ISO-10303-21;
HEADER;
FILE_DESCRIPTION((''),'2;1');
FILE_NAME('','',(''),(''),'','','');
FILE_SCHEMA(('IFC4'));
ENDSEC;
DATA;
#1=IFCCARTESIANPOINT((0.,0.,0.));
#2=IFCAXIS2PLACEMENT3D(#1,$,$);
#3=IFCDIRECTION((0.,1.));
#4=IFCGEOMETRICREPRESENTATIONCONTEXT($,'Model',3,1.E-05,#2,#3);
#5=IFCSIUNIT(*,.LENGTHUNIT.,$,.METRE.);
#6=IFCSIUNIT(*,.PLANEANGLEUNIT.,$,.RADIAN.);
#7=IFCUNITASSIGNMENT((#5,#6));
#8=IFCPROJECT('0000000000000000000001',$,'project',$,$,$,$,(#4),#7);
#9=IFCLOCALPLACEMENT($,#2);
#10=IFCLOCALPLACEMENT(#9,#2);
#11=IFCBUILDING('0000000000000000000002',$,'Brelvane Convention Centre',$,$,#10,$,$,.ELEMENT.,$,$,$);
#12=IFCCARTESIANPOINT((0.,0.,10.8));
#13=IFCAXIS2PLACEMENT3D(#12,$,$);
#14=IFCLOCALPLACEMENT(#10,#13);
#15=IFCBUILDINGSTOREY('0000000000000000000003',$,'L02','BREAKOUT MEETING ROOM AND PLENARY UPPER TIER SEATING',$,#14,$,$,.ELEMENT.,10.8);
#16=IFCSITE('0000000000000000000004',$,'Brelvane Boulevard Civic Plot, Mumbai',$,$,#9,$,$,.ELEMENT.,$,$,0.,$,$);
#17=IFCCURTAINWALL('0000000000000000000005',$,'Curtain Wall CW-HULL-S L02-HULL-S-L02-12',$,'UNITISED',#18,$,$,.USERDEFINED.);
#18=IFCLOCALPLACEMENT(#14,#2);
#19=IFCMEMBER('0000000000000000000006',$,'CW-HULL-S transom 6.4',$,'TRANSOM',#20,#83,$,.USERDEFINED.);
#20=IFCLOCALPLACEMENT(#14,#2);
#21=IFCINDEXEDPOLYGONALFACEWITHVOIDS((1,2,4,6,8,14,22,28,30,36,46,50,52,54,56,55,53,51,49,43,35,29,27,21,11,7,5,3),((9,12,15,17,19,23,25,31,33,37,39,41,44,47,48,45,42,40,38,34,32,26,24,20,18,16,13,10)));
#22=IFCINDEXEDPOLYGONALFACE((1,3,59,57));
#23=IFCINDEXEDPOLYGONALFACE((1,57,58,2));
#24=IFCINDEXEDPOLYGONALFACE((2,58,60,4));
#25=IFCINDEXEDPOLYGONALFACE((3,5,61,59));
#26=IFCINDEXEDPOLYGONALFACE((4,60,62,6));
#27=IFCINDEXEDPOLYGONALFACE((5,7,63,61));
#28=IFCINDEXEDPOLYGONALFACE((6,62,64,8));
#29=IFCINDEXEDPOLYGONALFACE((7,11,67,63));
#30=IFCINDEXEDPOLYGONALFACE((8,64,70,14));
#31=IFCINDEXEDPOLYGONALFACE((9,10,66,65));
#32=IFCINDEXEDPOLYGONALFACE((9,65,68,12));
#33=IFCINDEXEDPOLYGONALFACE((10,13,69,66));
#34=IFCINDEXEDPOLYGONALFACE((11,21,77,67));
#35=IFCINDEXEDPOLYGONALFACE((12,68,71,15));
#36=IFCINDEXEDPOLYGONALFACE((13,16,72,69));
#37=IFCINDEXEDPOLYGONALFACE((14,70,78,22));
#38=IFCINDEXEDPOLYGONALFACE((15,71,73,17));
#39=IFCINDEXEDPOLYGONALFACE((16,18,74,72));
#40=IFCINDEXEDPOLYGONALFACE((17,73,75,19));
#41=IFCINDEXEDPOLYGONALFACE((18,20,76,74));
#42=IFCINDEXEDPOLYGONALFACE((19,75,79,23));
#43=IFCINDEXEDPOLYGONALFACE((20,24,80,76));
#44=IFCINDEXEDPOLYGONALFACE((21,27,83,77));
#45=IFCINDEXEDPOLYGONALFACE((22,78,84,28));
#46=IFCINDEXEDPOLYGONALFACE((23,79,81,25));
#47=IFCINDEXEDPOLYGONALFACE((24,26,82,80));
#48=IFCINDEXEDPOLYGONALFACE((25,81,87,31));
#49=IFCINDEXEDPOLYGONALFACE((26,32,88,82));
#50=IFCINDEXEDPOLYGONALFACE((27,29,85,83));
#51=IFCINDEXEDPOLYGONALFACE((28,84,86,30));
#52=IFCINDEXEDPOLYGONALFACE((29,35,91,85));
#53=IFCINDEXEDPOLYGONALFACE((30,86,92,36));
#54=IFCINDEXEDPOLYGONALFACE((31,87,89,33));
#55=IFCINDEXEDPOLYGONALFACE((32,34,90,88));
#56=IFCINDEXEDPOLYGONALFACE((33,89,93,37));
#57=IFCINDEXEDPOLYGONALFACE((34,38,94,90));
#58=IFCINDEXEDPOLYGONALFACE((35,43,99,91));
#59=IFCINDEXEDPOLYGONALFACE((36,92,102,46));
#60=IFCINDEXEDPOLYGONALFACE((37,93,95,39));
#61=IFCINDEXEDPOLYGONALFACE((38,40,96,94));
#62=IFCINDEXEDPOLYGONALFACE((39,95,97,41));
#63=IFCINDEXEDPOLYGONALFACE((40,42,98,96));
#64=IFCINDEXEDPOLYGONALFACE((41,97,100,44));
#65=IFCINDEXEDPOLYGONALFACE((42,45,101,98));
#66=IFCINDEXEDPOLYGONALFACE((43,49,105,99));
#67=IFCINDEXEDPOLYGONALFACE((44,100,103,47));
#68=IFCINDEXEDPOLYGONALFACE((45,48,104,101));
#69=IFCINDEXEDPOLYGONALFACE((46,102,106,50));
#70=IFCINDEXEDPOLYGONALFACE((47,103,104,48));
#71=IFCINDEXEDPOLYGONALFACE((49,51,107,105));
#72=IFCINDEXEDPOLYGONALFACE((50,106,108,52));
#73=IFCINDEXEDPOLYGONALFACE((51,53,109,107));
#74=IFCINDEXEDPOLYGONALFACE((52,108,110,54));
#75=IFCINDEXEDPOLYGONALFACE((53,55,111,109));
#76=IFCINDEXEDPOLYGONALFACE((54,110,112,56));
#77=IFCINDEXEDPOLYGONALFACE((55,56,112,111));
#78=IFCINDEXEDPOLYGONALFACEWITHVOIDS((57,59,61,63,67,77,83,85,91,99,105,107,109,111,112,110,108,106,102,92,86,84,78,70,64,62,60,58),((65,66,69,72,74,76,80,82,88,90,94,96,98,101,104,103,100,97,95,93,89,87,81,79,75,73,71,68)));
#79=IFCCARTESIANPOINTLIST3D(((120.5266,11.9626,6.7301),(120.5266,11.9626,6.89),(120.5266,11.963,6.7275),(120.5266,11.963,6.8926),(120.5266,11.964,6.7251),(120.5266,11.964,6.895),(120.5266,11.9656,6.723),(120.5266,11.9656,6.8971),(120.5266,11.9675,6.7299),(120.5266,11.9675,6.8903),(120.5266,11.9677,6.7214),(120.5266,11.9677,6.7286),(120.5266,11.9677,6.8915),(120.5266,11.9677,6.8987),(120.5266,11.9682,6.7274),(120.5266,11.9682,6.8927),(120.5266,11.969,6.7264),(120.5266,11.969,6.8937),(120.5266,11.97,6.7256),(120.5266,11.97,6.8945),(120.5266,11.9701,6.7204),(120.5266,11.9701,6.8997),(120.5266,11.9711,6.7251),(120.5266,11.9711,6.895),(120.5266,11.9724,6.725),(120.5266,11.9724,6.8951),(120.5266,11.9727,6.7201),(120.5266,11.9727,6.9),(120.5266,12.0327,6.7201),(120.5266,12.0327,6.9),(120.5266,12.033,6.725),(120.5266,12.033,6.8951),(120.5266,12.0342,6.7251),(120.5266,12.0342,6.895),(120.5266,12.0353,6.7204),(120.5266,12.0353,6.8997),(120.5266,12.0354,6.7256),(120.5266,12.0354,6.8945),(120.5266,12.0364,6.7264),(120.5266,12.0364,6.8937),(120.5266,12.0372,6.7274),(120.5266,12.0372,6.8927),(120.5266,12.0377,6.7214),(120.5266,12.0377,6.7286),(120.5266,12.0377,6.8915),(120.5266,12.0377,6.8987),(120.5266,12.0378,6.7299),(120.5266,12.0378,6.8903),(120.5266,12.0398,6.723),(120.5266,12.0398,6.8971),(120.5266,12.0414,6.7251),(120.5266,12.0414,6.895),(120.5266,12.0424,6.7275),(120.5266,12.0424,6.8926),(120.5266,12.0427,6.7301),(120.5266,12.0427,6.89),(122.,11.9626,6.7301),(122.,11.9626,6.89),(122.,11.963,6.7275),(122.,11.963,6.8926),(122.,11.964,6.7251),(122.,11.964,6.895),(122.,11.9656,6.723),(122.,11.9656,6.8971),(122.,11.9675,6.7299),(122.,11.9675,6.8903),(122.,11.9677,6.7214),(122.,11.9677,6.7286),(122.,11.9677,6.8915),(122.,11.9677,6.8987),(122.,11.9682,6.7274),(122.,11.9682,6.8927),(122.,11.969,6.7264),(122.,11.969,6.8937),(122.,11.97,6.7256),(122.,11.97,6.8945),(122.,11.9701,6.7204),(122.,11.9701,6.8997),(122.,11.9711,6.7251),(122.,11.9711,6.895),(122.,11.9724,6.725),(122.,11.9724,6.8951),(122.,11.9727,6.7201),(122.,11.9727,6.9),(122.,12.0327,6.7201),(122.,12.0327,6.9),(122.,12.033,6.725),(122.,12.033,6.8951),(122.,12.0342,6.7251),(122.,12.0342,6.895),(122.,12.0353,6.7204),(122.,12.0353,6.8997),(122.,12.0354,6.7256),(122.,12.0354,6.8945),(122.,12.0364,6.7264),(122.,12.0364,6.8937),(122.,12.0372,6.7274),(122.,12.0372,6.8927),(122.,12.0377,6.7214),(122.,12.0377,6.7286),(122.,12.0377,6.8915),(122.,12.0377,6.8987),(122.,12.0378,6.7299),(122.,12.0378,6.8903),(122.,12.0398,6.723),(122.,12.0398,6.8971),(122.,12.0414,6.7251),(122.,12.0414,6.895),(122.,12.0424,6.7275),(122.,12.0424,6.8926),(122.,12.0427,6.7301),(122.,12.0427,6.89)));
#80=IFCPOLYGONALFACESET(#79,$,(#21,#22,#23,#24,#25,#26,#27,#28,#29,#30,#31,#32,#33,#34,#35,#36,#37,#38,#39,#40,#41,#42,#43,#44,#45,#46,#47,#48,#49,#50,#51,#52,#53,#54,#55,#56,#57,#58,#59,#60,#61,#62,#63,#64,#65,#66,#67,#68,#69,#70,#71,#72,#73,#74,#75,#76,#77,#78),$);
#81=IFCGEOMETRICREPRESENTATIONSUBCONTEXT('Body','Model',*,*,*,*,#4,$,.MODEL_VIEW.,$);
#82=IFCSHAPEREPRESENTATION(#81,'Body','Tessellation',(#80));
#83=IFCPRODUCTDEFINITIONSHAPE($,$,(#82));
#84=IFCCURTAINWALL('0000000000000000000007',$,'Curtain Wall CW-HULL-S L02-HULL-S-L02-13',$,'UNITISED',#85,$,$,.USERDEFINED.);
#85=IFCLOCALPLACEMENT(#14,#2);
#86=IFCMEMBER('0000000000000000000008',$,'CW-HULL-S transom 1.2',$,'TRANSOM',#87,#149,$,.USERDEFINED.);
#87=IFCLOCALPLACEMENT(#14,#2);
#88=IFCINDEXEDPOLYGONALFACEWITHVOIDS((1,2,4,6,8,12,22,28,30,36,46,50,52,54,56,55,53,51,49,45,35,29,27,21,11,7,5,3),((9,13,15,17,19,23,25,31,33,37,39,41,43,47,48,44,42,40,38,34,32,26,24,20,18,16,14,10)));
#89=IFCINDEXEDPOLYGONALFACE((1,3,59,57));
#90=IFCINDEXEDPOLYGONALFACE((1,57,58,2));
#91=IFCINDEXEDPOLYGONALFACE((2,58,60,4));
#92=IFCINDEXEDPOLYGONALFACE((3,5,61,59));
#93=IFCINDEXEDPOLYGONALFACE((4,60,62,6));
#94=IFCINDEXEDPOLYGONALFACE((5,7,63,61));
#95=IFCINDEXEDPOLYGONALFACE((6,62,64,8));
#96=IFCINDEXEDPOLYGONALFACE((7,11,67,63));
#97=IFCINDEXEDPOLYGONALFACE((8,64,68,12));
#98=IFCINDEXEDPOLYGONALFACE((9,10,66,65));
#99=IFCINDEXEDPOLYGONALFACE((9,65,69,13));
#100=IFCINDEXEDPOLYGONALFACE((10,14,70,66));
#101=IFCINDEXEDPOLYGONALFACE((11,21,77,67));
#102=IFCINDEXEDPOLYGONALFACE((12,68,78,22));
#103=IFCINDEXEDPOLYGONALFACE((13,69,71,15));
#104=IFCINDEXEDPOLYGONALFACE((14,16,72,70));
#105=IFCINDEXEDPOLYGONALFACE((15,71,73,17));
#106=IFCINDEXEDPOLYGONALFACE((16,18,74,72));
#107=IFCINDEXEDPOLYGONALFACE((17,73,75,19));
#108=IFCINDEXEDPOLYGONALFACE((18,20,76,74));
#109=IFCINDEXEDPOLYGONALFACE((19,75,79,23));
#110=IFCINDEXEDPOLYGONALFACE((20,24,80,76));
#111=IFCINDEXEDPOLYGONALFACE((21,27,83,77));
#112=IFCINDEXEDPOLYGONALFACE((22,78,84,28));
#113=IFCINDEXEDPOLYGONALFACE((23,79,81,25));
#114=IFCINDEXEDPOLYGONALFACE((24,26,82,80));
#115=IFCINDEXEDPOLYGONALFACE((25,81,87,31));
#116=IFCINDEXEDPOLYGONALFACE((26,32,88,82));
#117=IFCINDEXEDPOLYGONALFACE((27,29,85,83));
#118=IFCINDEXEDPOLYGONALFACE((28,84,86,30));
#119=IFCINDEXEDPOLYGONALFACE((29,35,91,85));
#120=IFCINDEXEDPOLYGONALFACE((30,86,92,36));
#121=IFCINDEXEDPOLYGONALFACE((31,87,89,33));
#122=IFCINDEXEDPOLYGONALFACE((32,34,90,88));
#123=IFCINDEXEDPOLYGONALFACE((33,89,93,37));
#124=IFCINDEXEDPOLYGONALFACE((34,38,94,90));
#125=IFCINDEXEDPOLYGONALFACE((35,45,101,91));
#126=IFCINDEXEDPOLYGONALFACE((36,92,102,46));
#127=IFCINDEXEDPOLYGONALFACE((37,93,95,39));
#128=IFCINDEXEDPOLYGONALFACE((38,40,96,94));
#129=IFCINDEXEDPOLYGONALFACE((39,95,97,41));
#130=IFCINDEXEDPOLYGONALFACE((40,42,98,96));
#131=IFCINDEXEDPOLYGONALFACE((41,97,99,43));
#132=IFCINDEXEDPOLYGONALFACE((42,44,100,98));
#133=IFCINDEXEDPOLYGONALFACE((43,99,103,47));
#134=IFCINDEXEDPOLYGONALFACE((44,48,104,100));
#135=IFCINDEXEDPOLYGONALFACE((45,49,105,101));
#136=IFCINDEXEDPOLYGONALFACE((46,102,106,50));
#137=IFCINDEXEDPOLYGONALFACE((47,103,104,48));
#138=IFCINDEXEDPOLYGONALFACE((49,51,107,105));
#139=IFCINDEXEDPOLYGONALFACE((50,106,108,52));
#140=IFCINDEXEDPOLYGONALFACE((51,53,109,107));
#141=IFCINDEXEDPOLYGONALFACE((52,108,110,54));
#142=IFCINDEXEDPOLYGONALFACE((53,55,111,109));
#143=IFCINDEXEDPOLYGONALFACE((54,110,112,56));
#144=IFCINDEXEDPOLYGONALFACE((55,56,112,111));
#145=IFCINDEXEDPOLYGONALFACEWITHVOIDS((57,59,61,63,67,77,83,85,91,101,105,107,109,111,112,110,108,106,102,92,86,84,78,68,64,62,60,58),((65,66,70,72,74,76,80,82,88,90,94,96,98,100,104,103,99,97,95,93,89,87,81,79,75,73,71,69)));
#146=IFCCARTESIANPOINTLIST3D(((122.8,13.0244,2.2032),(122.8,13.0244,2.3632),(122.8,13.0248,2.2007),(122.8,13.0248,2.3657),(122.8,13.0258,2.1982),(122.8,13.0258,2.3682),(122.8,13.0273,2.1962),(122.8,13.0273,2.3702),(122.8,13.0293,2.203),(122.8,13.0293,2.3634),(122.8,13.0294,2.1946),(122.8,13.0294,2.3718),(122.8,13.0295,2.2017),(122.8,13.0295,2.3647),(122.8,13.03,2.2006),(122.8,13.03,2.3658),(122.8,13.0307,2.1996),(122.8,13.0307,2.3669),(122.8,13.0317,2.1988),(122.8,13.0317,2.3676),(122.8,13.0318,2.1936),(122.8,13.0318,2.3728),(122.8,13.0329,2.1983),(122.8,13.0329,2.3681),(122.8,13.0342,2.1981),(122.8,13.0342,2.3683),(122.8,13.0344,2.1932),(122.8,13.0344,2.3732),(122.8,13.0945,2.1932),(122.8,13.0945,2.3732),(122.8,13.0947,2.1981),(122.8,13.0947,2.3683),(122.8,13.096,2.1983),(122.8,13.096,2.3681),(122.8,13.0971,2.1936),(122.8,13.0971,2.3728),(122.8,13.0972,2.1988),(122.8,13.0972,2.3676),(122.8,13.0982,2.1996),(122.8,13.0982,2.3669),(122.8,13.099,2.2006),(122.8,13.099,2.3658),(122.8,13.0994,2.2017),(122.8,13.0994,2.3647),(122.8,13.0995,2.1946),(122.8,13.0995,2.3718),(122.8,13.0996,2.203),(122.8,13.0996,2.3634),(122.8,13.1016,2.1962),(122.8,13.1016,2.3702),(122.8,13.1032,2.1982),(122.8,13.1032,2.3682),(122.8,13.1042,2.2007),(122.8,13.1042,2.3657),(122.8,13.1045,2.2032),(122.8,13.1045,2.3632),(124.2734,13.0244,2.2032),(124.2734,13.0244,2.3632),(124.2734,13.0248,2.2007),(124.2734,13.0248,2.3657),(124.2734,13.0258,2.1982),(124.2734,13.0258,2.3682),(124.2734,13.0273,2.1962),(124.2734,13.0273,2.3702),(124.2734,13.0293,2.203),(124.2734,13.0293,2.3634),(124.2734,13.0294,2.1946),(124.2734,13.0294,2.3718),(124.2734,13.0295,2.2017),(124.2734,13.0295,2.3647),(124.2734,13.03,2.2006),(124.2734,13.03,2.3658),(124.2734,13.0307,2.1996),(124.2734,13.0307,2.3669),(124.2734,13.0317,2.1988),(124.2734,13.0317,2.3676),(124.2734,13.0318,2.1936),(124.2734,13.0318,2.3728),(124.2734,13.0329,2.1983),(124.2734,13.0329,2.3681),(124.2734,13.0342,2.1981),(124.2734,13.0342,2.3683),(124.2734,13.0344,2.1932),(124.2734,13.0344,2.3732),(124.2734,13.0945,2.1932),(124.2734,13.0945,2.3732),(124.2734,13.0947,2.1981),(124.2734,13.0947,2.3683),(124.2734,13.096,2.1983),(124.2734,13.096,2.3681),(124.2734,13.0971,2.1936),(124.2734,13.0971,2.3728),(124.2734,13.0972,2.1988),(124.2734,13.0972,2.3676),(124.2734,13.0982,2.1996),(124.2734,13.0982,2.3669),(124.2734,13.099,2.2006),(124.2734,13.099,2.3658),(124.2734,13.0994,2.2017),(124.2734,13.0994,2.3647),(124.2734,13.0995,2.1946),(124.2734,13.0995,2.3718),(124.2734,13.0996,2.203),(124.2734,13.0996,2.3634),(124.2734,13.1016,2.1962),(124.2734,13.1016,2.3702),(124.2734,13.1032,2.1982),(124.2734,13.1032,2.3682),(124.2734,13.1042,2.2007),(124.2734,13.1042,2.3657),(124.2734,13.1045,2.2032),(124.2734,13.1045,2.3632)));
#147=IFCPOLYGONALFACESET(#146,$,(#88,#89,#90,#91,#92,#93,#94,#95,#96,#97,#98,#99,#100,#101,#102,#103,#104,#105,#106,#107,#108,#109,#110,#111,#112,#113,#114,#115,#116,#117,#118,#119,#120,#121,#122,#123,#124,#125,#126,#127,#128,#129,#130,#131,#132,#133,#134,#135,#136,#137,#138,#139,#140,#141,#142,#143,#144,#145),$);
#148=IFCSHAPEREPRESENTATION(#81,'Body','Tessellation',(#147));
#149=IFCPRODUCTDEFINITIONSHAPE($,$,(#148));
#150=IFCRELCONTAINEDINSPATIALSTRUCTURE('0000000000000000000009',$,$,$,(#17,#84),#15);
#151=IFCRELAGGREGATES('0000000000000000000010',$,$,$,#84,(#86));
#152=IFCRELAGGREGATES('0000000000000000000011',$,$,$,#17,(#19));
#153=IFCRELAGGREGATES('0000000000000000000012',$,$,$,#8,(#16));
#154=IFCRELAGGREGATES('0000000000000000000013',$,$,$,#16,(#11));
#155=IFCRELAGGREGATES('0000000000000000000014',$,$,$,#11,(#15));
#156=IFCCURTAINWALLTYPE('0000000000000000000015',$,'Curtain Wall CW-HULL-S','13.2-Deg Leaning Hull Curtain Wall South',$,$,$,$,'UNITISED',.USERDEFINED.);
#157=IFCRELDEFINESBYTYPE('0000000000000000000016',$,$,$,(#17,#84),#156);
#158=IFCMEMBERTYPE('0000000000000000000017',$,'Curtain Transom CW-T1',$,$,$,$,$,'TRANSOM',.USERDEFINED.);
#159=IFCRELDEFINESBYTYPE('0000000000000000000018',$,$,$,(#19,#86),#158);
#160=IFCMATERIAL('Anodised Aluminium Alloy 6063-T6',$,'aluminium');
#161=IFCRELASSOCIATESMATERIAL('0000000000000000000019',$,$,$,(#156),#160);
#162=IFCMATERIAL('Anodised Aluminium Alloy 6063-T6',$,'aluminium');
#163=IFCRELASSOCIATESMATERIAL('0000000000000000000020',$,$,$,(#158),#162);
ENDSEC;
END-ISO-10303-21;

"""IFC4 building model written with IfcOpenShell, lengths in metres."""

from ifc_helpers import new_model, si_unit, direction, frame, origin, origin_2d, place, context, subcontext, project, spatial, hollow_rectangle, extrude, material, material_profile, profile_set, type_object, element, aggregate, save


model = new_model("IFC4")

# Units and contexts
model_context = context("Model", 3, precision=1e-05, world=origin(), true_north=direction((0.0, 1.0)))
body_context = subcontext(model_context, "Body", "Model", "MODEL_VIEW")
ifc_project = project(units=[si_unit("LENGTHUNIT", "METRE"), si_unit("PLANEANGLEUNIT", "RADIAN")], contexts=[model_context])

# Site, building, storey
site_placement = place(None, origin())
site = spatial("IfcSite", under=ifc_project, at=site_placement, Name="Brelvane Boulevard Civic Plot, Mumbai", CompositionType="ELEMENT", RefElevation=0.0)
building_placement = place(site_placement, origin())
building = spatial("IfcBuilding", under=site, at=building_placement, Name="Brelvane Convention Centre", CompositionType="ELEMENT")
storey_placement = place(building_placement, frame((0.0, 0.0, 10.8)))
storey = spatial("IfcBuildingStorey", under=building, at=storey_placement, Name="L02", Description="BREAKOUT MEETING ROOM AND PLENARY UPPER TIER SEATING", CompositionType="ELEMENT", Elevation=10.8)

# Curtain walls, members
ifc_material_1 = material(Name="Anodised Aluminium Alloy 6063-T6", Category="aluminium")
curtain_wall_type = type_object("IfcCurtainWallType", Name="Curtain Wall CW-HULL-S", Description="13.2-Deg Leaning Hull Curtain Wall South", ElementType="UNITISED", PredefinedType="USERDEFINED", material=ifc_material_1)
curtain_wall_1_placement = place(storey_placement, origin())
curtain_wall_1 = element("IfcCurtainWall", 1, at=curtain_wall_1_placement, inside=storey, type_object=curtain_wall_type, Name="Curtain Wall CW-HULL-S L02-HULL-S-L02-12", ObjectType="UNITISED", PredefinedType="USERDEFINED")
ifc_material_2 = material(Name="Anodised Aluminium Alloy 6063-T6", Category="aluminium")
ifc_material_profile = material_profile(ifc_material_2, hollow_rectangle(XDim=0.0801, YDim=0.1799, WallThickness=0.0049, InnerFilletRadius=0.0049, OuterFilletRadius=0.01, at=origin_2d()), Name="ALU-T 180x80x5.0")
ifc_profile_set = profile_set([ifc_material_profile], Name="Anodised Aluminium Alloy 6063-T6")
member_type = type_object("IfcMemberType", Name="Curtain Transom CW-T1", ElementType="TRANSOM", PredefinedType="USERDEFINED", material=ifc_profile_set)
member_1_placement = place(storey_placement, frame((120.5266, 12.0027, 6.8101), z_axis=(1.0, 0.0, 0.0), x_axis=(0.0, 1.0, 0.0)))
member_1 = element("IfcMember", 2, at=member_1_placement, type_object=member_type, Name="CW-HULL-S transom 6.4", ObjectType="TRANSOM", PredefinedType="USERDEFINED", context=body_context, shape_type="SweptSolid", body=[
    extrude(hollow_rectangle(XDim=0.0801, YDim=0.1799, WallThickness=0.0049, InnerFilletRadius=0.0049, OuterFilletRadius=0.01, at=origin_2d()), origin(), (0.0, 0.0, 1.0), 1.4734),
])
curtain_wall_2_placement = place(storey_placement, origin())
curtain_wall_2 = element("IfcCurtainWall", 3, at=curtain_wall_2_placement, inside=storey, type_object=curtain_wall_type, Name="Curtain Wall CW-HULL-S L02-HULL-S-L02-13", ObjectType="UNITISED", PredefinedType="USERDEFINED")
member_2_placement = place(storey_placement, frame((122.8, 13.0645, 2.2832), z_axis=(1.0, 0.0, 0.0), x_axis=(0.0, 1.0, 0.0)))
member_2 = element("IfcMember", 4, at=member_2_placement, type_object=member_type, Name="CW-HULL-S transom 1.2", ObjectType="TRANSOM", PredefinedType="USERDEFINED", context=body_context, shape_type="SweptSolid", body=[
    extrude(hollow_rectangle(XDim=0.0801, YDim=0.1799, WallThickness=0.0049, InnerFilletRadius=0.0049, OuterFilletRadius=0.01, at=origin_2d()), origin(), (0.0, 0.0, 1.0), 1.4734),
])

aggregate(curtain_wall_2, [member_2])
aggregate(curtain_wall_1, [member_1])

save(model, "model.ifc")
